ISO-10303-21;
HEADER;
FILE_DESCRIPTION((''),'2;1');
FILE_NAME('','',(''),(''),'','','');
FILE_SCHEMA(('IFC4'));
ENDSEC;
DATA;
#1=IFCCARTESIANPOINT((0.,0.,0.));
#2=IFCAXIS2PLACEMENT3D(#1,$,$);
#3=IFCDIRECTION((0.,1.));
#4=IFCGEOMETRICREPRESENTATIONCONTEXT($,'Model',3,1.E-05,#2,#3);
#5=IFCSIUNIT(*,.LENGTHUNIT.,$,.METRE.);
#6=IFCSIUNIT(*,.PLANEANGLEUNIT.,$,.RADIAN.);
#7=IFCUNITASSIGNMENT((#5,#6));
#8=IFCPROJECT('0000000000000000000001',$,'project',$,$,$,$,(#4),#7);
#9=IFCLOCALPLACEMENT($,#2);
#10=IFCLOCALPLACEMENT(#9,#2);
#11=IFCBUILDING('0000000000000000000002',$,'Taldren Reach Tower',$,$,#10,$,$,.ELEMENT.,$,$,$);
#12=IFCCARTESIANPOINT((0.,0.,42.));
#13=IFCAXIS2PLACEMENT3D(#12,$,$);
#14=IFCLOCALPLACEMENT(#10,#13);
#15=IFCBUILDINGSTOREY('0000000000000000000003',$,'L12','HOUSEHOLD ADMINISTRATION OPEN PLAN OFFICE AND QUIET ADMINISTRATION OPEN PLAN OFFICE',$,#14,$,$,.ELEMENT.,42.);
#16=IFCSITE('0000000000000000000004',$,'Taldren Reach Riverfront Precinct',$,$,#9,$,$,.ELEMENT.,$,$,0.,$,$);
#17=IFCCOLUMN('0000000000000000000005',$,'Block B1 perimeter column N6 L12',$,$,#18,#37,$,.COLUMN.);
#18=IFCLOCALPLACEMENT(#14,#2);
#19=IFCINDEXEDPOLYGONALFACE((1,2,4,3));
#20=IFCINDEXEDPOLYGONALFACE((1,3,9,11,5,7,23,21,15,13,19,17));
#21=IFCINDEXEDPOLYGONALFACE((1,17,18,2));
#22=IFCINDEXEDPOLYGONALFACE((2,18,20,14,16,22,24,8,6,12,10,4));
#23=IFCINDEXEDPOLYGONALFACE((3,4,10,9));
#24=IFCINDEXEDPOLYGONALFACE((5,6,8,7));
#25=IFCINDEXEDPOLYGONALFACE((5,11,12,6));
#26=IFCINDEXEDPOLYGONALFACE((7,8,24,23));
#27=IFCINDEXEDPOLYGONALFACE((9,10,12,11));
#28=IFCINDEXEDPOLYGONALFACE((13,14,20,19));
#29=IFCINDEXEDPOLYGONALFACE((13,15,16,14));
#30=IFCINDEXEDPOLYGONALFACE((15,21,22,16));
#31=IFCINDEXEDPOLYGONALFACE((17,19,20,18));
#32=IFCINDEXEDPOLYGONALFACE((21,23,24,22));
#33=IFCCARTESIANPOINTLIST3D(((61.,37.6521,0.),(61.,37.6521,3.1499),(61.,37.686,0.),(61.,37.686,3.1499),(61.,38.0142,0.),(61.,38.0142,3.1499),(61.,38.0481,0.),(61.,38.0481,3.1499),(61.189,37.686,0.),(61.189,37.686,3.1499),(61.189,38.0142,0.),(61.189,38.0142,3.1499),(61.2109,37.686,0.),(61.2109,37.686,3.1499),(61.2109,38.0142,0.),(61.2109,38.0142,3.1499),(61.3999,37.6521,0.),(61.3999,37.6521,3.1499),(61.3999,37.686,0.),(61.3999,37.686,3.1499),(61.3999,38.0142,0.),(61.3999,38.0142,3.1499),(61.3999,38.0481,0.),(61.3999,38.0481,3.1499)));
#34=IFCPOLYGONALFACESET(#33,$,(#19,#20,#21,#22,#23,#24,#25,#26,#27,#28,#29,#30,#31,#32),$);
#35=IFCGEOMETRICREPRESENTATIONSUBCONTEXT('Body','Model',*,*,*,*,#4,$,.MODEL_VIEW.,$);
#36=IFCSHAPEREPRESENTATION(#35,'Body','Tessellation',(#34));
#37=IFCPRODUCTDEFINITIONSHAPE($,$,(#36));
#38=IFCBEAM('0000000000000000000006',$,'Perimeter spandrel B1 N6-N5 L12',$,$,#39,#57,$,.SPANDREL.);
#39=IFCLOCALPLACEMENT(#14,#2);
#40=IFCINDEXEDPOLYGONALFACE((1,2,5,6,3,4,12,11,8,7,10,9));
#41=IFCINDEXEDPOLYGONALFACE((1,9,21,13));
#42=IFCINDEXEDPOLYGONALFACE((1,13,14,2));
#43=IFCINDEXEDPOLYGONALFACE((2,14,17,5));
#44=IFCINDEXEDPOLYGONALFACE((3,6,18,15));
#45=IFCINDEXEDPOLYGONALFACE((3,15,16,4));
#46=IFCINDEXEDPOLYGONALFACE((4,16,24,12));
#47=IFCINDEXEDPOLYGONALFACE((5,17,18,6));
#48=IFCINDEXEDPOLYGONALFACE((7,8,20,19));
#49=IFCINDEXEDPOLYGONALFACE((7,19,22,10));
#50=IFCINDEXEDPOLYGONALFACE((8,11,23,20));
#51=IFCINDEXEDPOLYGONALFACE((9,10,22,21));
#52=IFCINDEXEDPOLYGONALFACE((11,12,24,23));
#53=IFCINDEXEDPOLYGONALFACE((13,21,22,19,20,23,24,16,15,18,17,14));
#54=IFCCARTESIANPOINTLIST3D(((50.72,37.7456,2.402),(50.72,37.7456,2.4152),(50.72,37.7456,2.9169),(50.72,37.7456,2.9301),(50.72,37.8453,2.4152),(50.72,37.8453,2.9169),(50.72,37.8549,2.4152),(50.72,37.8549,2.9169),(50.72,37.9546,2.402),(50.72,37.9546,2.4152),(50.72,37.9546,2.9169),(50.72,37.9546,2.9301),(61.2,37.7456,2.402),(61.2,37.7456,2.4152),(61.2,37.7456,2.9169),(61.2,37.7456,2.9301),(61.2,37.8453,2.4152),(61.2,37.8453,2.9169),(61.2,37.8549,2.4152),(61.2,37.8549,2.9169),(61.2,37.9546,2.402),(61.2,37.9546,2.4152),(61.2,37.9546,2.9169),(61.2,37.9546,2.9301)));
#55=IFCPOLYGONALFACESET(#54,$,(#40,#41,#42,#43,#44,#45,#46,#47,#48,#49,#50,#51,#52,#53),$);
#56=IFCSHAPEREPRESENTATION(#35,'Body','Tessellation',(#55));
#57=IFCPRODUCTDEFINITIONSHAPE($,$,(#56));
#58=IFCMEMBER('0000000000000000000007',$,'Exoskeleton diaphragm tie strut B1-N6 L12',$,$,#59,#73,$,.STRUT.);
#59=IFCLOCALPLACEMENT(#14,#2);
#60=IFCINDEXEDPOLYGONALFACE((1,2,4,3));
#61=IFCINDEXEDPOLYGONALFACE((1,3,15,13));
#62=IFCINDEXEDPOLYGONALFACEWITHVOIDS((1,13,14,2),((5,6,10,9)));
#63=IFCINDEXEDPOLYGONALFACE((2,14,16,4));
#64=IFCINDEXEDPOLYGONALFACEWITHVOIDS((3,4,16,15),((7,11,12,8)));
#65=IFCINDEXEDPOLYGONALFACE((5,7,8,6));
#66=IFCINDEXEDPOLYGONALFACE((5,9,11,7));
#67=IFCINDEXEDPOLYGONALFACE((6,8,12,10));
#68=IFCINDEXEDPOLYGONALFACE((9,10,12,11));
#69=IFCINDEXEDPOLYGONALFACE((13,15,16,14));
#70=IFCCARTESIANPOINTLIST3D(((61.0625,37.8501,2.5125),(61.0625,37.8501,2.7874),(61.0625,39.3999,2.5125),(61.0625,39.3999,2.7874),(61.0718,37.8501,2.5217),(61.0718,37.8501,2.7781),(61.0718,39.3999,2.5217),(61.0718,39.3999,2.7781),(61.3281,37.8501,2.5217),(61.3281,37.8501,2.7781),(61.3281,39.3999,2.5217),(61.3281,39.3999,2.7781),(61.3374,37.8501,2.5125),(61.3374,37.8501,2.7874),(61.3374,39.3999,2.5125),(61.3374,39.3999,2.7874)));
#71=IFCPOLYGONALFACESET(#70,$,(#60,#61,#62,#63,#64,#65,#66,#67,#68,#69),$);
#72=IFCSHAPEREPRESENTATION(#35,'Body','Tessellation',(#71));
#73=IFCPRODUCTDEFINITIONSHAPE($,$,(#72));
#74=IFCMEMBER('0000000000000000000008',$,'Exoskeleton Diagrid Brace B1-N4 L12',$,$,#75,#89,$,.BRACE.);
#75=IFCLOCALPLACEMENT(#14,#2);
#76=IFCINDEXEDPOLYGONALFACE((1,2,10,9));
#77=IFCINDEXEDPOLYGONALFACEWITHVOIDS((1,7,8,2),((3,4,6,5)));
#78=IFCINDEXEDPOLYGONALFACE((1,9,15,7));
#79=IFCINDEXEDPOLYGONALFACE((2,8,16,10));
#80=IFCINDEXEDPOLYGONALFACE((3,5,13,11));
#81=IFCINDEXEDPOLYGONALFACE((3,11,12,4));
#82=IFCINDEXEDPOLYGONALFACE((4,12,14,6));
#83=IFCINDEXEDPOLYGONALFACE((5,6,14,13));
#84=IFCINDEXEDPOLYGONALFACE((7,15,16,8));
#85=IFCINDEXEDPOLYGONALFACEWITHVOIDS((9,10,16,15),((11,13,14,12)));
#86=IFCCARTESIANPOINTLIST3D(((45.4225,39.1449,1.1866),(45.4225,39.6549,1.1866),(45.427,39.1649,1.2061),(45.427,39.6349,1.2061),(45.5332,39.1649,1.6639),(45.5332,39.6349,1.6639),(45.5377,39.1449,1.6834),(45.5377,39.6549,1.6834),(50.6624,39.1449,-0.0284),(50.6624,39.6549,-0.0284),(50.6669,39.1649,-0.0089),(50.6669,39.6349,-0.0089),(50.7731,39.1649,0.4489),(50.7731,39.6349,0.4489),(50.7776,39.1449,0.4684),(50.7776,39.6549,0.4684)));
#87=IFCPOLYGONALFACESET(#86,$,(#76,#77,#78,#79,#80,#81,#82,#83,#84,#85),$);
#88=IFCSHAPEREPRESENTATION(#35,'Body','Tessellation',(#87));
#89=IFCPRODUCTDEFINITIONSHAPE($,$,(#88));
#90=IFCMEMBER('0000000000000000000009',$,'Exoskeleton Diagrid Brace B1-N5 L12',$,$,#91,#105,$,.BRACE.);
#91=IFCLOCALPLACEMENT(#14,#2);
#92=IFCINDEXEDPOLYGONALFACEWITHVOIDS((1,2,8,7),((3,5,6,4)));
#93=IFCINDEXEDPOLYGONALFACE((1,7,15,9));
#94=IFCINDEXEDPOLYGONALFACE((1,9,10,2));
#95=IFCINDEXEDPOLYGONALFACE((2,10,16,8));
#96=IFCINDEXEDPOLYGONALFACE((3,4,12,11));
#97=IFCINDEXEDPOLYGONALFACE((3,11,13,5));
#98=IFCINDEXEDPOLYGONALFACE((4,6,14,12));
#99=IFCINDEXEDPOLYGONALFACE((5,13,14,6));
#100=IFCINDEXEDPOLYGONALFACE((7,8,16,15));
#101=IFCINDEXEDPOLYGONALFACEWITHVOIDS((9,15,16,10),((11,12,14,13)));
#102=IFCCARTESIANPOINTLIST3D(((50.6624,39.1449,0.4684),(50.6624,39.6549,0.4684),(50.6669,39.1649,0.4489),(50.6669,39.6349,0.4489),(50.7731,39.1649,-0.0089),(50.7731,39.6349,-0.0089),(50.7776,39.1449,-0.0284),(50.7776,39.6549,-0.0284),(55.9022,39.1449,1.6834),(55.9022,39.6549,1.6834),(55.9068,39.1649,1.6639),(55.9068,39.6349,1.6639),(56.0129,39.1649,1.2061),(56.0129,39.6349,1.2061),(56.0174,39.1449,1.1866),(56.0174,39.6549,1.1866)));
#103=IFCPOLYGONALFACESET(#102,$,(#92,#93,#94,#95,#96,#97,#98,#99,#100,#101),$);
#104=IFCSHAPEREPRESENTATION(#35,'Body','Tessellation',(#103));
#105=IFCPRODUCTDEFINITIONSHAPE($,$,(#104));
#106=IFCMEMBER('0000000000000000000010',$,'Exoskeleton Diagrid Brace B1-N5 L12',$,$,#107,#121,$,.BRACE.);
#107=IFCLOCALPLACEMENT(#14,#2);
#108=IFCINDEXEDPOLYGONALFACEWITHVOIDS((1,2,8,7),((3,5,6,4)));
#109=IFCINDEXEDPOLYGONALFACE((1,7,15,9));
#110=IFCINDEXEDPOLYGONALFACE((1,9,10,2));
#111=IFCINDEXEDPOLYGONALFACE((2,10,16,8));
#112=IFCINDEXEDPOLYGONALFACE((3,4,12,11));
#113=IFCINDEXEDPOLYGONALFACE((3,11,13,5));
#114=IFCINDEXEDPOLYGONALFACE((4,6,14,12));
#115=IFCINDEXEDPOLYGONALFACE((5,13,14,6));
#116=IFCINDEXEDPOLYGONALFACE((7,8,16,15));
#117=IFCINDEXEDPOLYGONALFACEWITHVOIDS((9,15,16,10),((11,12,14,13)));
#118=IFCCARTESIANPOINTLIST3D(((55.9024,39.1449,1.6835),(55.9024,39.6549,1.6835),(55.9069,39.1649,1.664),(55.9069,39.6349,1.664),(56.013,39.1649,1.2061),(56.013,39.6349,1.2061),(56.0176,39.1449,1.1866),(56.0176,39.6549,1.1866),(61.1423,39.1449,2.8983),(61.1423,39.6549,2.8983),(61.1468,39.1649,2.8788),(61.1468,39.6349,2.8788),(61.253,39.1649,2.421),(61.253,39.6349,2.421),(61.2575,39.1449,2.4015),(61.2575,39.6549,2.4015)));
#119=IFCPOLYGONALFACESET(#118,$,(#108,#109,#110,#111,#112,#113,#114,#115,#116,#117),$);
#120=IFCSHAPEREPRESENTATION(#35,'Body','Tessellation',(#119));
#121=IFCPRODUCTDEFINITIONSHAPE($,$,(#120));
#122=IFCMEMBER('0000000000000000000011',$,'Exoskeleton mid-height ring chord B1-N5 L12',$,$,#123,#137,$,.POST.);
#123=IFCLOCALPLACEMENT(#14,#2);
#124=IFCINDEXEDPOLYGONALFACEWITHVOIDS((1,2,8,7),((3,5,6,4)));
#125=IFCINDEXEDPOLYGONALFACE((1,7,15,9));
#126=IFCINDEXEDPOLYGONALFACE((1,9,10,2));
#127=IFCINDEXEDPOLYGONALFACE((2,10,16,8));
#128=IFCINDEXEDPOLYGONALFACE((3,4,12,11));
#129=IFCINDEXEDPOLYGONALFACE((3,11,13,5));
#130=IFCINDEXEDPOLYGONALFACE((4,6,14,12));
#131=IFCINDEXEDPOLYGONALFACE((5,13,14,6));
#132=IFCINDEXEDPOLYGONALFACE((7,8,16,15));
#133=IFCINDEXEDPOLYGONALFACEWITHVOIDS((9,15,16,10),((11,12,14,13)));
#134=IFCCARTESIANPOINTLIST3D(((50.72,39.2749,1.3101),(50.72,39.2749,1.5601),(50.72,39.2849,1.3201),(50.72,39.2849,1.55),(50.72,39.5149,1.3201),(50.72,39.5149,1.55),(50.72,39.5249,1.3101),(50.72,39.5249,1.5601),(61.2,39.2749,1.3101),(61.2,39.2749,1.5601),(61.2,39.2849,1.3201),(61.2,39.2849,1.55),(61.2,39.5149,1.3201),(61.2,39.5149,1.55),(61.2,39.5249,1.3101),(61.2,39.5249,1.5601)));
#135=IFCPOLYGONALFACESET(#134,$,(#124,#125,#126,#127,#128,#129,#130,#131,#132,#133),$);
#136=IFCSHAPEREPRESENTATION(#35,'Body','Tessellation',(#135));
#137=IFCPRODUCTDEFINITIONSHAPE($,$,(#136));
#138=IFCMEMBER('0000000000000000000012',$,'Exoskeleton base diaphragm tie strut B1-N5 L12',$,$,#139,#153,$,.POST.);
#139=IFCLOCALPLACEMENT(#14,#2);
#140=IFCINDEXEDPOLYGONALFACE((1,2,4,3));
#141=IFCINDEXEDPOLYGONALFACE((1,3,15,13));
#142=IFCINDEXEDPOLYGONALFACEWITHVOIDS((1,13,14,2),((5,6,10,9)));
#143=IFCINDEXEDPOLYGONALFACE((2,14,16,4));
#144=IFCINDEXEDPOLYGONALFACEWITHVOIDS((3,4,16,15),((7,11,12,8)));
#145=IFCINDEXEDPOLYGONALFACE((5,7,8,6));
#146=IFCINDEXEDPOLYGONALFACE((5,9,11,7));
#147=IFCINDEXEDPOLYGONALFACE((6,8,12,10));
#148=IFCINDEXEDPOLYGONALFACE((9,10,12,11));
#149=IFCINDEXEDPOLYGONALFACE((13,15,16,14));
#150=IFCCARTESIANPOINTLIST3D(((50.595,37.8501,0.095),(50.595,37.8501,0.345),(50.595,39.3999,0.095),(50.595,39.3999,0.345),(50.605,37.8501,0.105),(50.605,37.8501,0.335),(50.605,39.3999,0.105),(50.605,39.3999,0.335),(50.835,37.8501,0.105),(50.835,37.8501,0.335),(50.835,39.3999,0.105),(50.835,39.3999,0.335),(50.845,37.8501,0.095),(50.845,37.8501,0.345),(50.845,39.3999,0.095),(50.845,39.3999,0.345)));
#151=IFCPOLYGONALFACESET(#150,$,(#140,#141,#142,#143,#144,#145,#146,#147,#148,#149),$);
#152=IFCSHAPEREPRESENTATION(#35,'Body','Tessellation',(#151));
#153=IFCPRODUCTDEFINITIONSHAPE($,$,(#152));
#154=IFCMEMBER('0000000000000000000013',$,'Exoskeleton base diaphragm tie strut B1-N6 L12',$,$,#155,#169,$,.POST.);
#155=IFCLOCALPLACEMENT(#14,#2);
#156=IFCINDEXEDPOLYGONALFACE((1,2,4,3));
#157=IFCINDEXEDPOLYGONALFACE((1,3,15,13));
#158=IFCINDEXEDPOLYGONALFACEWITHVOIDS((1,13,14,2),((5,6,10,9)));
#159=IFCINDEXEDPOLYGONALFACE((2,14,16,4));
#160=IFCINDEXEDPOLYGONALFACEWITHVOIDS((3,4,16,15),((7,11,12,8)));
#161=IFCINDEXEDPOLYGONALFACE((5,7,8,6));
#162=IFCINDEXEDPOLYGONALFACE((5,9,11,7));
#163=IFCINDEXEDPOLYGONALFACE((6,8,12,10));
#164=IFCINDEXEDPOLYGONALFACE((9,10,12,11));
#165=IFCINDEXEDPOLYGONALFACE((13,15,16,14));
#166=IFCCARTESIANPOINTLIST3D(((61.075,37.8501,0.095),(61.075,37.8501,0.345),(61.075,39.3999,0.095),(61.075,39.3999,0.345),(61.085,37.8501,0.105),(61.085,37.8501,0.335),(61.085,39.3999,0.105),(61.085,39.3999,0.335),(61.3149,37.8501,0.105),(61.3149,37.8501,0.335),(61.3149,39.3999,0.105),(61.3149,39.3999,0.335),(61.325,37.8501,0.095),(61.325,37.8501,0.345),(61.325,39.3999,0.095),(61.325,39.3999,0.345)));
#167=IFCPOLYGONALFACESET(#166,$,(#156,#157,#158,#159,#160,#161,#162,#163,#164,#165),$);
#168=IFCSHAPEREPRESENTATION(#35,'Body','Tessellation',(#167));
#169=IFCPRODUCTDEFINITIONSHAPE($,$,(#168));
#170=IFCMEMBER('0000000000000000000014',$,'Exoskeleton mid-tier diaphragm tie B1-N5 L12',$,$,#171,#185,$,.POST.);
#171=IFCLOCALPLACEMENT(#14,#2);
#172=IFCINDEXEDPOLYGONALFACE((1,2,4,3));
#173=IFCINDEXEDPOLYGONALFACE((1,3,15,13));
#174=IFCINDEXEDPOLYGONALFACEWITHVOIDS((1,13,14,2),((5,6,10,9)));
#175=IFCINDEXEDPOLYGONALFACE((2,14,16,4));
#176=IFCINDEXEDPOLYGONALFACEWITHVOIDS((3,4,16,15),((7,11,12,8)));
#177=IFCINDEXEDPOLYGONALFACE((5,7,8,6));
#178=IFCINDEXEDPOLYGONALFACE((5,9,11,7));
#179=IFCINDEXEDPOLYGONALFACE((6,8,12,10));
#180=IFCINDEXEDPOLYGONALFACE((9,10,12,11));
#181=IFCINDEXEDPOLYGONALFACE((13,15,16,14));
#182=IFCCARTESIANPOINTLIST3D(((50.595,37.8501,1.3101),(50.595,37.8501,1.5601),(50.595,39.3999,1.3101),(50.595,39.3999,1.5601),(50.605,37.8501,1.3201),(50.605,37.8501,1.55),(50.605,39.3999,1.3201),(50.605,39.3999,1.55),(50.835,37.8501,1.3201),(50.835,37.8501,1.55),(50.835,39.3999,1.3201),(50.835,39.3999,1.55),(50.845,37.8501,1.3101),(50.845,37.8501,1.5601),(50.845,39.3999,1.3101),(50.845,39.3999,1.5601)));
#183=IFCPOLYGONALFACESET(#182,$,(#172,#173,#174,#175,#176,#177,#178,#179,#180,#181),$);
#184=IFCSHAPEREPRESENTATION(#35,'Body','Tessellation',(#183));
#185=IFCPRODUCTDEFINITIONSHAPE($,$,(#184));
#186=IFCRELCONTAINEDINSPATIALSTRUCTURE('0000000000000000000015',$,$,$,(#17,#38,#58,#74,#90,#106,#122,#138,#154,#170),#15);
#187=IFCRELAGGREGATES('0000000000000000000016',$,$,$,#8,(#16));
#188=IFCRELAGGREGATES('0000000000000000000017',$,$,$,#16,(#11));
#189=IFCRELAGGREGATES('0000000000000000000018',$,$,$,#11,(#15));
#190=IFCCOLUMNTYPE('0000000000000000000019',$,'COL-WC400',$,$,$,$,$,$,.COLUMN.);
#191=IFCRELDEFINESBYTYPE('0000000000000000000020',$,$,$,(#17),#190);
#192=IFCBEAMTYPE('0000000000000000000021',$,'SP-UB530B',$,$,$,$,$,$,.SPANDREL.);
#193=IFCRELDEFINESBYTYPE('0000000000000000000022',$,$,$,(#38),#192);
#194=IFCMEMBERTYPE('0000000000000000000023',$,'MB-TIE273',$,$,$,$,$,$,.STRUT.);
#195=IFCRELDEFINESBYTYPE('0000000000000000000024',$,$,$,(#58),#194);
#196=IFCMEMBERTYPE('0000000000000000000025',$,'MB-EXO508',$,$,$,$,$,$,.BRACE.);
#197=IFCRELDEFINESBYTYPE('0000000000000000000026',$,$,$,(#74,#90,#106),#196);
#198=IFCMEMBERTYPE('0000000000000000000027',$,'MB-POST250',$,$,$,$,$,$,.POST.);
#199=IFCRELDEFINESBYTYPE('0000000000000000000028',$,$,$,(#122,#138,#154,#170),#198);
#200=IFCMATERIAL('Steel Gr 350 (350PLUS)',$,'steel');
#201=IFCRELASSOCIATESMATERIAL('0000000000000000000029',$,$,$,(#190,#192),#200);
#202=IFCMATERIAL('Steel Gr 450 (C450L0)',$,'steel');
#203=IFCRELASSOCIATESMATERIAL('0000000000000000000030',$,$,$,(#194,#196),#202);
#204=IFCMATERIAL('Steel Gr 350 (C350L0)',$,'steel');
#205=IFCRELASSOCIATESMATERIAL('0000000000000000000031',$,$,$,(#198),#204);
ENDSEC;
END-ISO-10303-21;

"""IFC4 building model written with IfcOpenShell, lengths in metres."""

from ifc_helpers import new_model, si_unit, direction, frame, origin, origin_2d, place, context, subcontext, project, spatial, hollow_rectangle, i_section, extrude, source, transform, mapped, material, material_profile, profile_set, type_object, element, save


model = new_model("IFC4")

# Units and contexts
model_context = context("Model", 3, precision=1e-05, world=origin(), true_north=direction((0.0, 1.0)))
body_context = subcontext(model_context, "Body", "Model", "MODEL_VIEW")
ifc_project = project(units=[si_unit("LENGTHUNIT", "METRE"), si_unit("PLANEANGLEUNIT", "RADIAN")], contexts=[model_context])

# Site, building, storey
site_placement = place(None, origin())
site = spatial("IfcSite", under=ifc_project, at=site_placement, Name="Taldren Reach Riverfront Precinct", CompositionType="ELEMENT", RefElevation=0.0)
building_placement = place(site_placement, origin())
building = spatial("IfcBuilding", under=site, at=building_placement, Name="Taldren Reach Tower", CompositionType="ELEMENT")
storey_placement = place(building_placement, frame((0.0, 0.0, 42.0)))
storey = spatial("IfcBuildingStorey", under=building, at=storey_placement, Name="L12", Description="HOUSEHOLD ADMINISTRATION OPEN PLAN OFFICE AND QUIET ADMINISTRATION OPEN PLAN OFFICE", CompositionType="ELEMENT", Elevation=42.0)

# Column
ifc_material_1 = material(Name="Steel Gr 350 (350PLUS)", Category="steel")
ifc_material_profile_1 = material_profile(ifc_material_1, i_section(OverallWidth=0.3999, OverallDepth=0.396, WebThickness=0.022, FlangeThickness=0.0339, at=origin_2d()), Name="400WC270")
ifc_profile_set_1 = profile_set([ifc_material_profile_1], Name="Steel Gr 350 (350PLUS)")
column_type = type_object("IfcColumnType", Name="COL-WC400", PredefinedType="COLUMN", material=ifc_profile_set_1)
shared_shape_1 = source(origin(), body_context, "Body", "SweptSolid", [
    extrude(i_section(OverallWidth=0.3999, OverallDepth=0.396, WebThickness=0.022, FlangeThickness=0.0339, at=origin_2d()), origin(), (0.0, 0.0, 1.0), 3.1499),
])
column_placement = place(storey_placement, frame((61.2, 37.8501, 0.0), z_axis=(0.0, 0.0, 1.0), x_axis=(1.0, 0.0, 0.0)))
element("IfcColumn", 1, at=column_placement, inside=storey, type_object=column_type, Name="Block B1 perimeter column N6 L12", PredefinedType="COLUMN", context=body_context, shape_type="MappedRepresentation", body=[
    mapped(shared_shape_1, transform((0.0, 0.0, 0.0), scale=1.0)),
])

# Beam
ifc_material_profile_2 = material_profile(ifc_material_1, i_section(OverallWidth=0.209, OverallDepth=0.5281, WebThickness=0.0095, FlangeThickness=0.0132, at=origin_2d()), Name="530UB82.0")
ifc_profile_set_2 = profile_set([ifc_material_profile_2], Name="Steel Gr 350 (350PLUS)")
beam_type = type_object("IfcBeamType", Name="SP-UB530B", PredefinedType="SPANDREL", material=ifc_profile_set_2)
shared_shape_2 = source(origin(), body_context, "Body", "SweptSolid", [
    extrude(i_section(OverallWidth=0.209, OverallDepth=0.5281, WebThickness=0.0095, FlangeThickness=0.0132, at=origin_2d()), origin(), (0.0, 0.0, 1.0), 10.48),
])
beam_placement = place(storey_placement, frame((61.2, 37.8501, 2.666), z_axis=(-1.0, 0.0, 0.0), x_axis=(0.0, -1.0, 0.0)))
element("IfcBeam", 2, at=beam_placement, inside=storey, type_object=beam_type, Name="Perimeter spandrel B1 N6-N5 L12", PredefinedType="SPANDREL", context=body_context, shape_type="MappedRepresentation", body=[
    mapped(shared_shape_2, transform((0.0, 0.0, 0.0), scale=1.0)),
])

# Members
ifc_material_2 = material(Name="Steel Gr 450 (C450L0)", Category="steel")
ifc_material_profile_3 = material_profile(ifc_material_2, hollow_rectangle(XDim=0.2749, YDim=0.2749, WallThickness=0.0093, at=origin_2d()), Name="275x275x9.3SHS")
ifc_profile_set_3 = profile_set([ifc_material_profile_3], Name="Steel Gr 450 (C450L0)")
member_type_1 = type_object("IfcMemberType", Name="MB-TIE273", PredefinedType="STRUT", material=ifc_profile_set_3)
shared_shape_3 = source(origin(), body_context, "Body", "SweptSolid", [
    extrude(hollow_rectangle(XDim=0.2749, YDim=0.2749, WallThickness=0.0093, at=origin_2d()), origin(), (0.0, 0.0, 1.0), 1.5498),
])
member_1_placement = place(storey_placement, frame((61.2, 37.8501, 2.6499), z_axis=(0.0, 1.0, 0.0), x_axis=(-1.0, 0.0, 0.0)))
element("IfcMember", 3, at=member_1_placement, inside=storey, type_object=member_type_1, Name="Exoskeleton diaphragm tie strut B1-N6 L12", PredefinedType="STRUT", context=body_context, shape_type="MappedRepresentation", body=[
    mapped(shared_shape_3, transform((0.0, 0.0, 0.0), scale=1.0)),
])
ifc_material_profile_4 = material_profile(ifc_material_2, hollow_rectangle(XDim=0.51, YDim=0.51, WallThickness=0.02, at=origin_2d()), Name="510x510x20.0SHS")
ifc_profile_set_4 = profile_set([ifc_material_profile_4], Name="Steel Gr 450 (C450L0)")
member_type_2 = type_object("IfcMemberType", Name="MB-EXO508", PredefinedType="BRACE", material=ifc_profile_set_4)
shared_shape_4 = source(origin(), body_context, "Body", "SweptSolid", [
    extrude(hollow_rectangle(XDim=0.51, YDim=0.51, WallThickness=0.02, at=origin_2d()), origin(), (0.0, 0.0, 1.0), 5.3789),
])
for number, where, z_axis, x_axis, name in (
    (4, (50.72, 39.3999, 0.22), (-0.974152, 0.0, 0.225894), (0.0, -1.0, 0.0), "Exoskeleton Diagrid Brace B1-N4 L12"),
    (5, (50.72, 39.3999, 0.22), (0.974152, 0.0, 0.225894), (0.0, 1.0, 0.0), "Exoskeleton Diagrid Brace B1-N5 L12"),
    (6, (55.96, 39.3999, 1.4351), (0.974162, 0.0, 0.225851), (0.0, 1.0, 0.0), "Exoskeleton Diagrid Brace B1-N5 L12"),
):
    element("IfcMember", number, at=place(storey_placement, frame(where, z_axis=z_axis, x_axis=x_axis)), inside=storey, type_object=member_type_2, Name=name, PredefinedType="BRACE", context=body_context, shape_type="MappedRepresentation", body=[
        mapped(shared_shape_4, transform((0.0, 0.0, 0.0), scale=1.0)),
    ])
ifc_material_3 = material(Name="Steel Gr 350 (C350L0)", Category="steel")
ifc_material_profile_5 = material_profile(ifc_material_3, hollow_rectangle(XDim=0.25, YDim=0.25, WallThickness=0.01, at=origin_2d()), Name="250x250x10.0SHS")
ifc_profile_set_5 = profile_set([ifc_material_profile_5], Name="Steel Gr 350 (C350L0)")
member_type_3 = type_object("IfcMemberType", Name="MB-POST250", PredefinedType="POST", material=ifc_profile_set_5)
shared_shape_5 = source(origin(), body_context, "Body", "SweptSolid", [
    extrude(hollow_rectangle(XDim=0.25, YDim=0.25, WallThickness=0.01, at=origin_2d()), origin(), (0.0, 0.0, 1.0), 10.48),
])
member_2_placement = place(storey_placement, frame((50.72, 39.3999, 1.4351), z_axis=(1.0, 0.0, 0.0), x_axis=(0.0, 1.0, 0.0)))
element("IfcMember", 7, at=member_2_placement, inside=storey, type_object=member_type_3, Name="Exoskeleton mid-height ring chord B1-N5 L12", PredefinedType="POST", context=body_context, shape_type="MappedRepresentation", body=[
    mapped(shared_shape_5, transform((0.0, 0.0, 0.0), scale=1.0)),
])
shared_shape_6 = source(origin(), body_context, "Body", "SweptSolid", [
    extrude(hollow_rectangle(XDim=0.25, YDim=0.25, WallThickness=0.01, at=origin_2d()), origin(), (0.0, 0.0, 1.0), 1.5498),
])
for number, where, z_axis, x_axis, name in (
    (8, (50.72, 37.8501, 0.22), (0.0, 1.0, 0.0), (-1.0, 0.0, 0.0), "Exoskeleton base diaphragm tie strut B1-N5 L12"),
    (9, (61.2, 37.8501, 0.22), (0.0, 1.0, 0.0), (-1.0, 0.0, 0.0), "Exoskeleton base diaphragm tie strut B1-N6 L12"),
    (10, (50.72, 37.8501, 1.4351), (0.0, 1.0, 0.0), (-1.0, 0.0, 0.0), "Exoskeleton mid-tier diaphragm tie B1-N5 L12"),
):
    element("IfcMember", number, at=place(storey_placement, frame(where, z_axis=z_axis, x_axis=x_axis)), inside=storey, type_object=member_type_3, Name=name, PredefinedType="POST", context=body_context, shape_type="MappedRepresentation", body=[
        mapped(shared_shape_6, transform((0.0, 0.0, 0.0), scale=1.0)),
    ])

save(model, "model.ifc")
